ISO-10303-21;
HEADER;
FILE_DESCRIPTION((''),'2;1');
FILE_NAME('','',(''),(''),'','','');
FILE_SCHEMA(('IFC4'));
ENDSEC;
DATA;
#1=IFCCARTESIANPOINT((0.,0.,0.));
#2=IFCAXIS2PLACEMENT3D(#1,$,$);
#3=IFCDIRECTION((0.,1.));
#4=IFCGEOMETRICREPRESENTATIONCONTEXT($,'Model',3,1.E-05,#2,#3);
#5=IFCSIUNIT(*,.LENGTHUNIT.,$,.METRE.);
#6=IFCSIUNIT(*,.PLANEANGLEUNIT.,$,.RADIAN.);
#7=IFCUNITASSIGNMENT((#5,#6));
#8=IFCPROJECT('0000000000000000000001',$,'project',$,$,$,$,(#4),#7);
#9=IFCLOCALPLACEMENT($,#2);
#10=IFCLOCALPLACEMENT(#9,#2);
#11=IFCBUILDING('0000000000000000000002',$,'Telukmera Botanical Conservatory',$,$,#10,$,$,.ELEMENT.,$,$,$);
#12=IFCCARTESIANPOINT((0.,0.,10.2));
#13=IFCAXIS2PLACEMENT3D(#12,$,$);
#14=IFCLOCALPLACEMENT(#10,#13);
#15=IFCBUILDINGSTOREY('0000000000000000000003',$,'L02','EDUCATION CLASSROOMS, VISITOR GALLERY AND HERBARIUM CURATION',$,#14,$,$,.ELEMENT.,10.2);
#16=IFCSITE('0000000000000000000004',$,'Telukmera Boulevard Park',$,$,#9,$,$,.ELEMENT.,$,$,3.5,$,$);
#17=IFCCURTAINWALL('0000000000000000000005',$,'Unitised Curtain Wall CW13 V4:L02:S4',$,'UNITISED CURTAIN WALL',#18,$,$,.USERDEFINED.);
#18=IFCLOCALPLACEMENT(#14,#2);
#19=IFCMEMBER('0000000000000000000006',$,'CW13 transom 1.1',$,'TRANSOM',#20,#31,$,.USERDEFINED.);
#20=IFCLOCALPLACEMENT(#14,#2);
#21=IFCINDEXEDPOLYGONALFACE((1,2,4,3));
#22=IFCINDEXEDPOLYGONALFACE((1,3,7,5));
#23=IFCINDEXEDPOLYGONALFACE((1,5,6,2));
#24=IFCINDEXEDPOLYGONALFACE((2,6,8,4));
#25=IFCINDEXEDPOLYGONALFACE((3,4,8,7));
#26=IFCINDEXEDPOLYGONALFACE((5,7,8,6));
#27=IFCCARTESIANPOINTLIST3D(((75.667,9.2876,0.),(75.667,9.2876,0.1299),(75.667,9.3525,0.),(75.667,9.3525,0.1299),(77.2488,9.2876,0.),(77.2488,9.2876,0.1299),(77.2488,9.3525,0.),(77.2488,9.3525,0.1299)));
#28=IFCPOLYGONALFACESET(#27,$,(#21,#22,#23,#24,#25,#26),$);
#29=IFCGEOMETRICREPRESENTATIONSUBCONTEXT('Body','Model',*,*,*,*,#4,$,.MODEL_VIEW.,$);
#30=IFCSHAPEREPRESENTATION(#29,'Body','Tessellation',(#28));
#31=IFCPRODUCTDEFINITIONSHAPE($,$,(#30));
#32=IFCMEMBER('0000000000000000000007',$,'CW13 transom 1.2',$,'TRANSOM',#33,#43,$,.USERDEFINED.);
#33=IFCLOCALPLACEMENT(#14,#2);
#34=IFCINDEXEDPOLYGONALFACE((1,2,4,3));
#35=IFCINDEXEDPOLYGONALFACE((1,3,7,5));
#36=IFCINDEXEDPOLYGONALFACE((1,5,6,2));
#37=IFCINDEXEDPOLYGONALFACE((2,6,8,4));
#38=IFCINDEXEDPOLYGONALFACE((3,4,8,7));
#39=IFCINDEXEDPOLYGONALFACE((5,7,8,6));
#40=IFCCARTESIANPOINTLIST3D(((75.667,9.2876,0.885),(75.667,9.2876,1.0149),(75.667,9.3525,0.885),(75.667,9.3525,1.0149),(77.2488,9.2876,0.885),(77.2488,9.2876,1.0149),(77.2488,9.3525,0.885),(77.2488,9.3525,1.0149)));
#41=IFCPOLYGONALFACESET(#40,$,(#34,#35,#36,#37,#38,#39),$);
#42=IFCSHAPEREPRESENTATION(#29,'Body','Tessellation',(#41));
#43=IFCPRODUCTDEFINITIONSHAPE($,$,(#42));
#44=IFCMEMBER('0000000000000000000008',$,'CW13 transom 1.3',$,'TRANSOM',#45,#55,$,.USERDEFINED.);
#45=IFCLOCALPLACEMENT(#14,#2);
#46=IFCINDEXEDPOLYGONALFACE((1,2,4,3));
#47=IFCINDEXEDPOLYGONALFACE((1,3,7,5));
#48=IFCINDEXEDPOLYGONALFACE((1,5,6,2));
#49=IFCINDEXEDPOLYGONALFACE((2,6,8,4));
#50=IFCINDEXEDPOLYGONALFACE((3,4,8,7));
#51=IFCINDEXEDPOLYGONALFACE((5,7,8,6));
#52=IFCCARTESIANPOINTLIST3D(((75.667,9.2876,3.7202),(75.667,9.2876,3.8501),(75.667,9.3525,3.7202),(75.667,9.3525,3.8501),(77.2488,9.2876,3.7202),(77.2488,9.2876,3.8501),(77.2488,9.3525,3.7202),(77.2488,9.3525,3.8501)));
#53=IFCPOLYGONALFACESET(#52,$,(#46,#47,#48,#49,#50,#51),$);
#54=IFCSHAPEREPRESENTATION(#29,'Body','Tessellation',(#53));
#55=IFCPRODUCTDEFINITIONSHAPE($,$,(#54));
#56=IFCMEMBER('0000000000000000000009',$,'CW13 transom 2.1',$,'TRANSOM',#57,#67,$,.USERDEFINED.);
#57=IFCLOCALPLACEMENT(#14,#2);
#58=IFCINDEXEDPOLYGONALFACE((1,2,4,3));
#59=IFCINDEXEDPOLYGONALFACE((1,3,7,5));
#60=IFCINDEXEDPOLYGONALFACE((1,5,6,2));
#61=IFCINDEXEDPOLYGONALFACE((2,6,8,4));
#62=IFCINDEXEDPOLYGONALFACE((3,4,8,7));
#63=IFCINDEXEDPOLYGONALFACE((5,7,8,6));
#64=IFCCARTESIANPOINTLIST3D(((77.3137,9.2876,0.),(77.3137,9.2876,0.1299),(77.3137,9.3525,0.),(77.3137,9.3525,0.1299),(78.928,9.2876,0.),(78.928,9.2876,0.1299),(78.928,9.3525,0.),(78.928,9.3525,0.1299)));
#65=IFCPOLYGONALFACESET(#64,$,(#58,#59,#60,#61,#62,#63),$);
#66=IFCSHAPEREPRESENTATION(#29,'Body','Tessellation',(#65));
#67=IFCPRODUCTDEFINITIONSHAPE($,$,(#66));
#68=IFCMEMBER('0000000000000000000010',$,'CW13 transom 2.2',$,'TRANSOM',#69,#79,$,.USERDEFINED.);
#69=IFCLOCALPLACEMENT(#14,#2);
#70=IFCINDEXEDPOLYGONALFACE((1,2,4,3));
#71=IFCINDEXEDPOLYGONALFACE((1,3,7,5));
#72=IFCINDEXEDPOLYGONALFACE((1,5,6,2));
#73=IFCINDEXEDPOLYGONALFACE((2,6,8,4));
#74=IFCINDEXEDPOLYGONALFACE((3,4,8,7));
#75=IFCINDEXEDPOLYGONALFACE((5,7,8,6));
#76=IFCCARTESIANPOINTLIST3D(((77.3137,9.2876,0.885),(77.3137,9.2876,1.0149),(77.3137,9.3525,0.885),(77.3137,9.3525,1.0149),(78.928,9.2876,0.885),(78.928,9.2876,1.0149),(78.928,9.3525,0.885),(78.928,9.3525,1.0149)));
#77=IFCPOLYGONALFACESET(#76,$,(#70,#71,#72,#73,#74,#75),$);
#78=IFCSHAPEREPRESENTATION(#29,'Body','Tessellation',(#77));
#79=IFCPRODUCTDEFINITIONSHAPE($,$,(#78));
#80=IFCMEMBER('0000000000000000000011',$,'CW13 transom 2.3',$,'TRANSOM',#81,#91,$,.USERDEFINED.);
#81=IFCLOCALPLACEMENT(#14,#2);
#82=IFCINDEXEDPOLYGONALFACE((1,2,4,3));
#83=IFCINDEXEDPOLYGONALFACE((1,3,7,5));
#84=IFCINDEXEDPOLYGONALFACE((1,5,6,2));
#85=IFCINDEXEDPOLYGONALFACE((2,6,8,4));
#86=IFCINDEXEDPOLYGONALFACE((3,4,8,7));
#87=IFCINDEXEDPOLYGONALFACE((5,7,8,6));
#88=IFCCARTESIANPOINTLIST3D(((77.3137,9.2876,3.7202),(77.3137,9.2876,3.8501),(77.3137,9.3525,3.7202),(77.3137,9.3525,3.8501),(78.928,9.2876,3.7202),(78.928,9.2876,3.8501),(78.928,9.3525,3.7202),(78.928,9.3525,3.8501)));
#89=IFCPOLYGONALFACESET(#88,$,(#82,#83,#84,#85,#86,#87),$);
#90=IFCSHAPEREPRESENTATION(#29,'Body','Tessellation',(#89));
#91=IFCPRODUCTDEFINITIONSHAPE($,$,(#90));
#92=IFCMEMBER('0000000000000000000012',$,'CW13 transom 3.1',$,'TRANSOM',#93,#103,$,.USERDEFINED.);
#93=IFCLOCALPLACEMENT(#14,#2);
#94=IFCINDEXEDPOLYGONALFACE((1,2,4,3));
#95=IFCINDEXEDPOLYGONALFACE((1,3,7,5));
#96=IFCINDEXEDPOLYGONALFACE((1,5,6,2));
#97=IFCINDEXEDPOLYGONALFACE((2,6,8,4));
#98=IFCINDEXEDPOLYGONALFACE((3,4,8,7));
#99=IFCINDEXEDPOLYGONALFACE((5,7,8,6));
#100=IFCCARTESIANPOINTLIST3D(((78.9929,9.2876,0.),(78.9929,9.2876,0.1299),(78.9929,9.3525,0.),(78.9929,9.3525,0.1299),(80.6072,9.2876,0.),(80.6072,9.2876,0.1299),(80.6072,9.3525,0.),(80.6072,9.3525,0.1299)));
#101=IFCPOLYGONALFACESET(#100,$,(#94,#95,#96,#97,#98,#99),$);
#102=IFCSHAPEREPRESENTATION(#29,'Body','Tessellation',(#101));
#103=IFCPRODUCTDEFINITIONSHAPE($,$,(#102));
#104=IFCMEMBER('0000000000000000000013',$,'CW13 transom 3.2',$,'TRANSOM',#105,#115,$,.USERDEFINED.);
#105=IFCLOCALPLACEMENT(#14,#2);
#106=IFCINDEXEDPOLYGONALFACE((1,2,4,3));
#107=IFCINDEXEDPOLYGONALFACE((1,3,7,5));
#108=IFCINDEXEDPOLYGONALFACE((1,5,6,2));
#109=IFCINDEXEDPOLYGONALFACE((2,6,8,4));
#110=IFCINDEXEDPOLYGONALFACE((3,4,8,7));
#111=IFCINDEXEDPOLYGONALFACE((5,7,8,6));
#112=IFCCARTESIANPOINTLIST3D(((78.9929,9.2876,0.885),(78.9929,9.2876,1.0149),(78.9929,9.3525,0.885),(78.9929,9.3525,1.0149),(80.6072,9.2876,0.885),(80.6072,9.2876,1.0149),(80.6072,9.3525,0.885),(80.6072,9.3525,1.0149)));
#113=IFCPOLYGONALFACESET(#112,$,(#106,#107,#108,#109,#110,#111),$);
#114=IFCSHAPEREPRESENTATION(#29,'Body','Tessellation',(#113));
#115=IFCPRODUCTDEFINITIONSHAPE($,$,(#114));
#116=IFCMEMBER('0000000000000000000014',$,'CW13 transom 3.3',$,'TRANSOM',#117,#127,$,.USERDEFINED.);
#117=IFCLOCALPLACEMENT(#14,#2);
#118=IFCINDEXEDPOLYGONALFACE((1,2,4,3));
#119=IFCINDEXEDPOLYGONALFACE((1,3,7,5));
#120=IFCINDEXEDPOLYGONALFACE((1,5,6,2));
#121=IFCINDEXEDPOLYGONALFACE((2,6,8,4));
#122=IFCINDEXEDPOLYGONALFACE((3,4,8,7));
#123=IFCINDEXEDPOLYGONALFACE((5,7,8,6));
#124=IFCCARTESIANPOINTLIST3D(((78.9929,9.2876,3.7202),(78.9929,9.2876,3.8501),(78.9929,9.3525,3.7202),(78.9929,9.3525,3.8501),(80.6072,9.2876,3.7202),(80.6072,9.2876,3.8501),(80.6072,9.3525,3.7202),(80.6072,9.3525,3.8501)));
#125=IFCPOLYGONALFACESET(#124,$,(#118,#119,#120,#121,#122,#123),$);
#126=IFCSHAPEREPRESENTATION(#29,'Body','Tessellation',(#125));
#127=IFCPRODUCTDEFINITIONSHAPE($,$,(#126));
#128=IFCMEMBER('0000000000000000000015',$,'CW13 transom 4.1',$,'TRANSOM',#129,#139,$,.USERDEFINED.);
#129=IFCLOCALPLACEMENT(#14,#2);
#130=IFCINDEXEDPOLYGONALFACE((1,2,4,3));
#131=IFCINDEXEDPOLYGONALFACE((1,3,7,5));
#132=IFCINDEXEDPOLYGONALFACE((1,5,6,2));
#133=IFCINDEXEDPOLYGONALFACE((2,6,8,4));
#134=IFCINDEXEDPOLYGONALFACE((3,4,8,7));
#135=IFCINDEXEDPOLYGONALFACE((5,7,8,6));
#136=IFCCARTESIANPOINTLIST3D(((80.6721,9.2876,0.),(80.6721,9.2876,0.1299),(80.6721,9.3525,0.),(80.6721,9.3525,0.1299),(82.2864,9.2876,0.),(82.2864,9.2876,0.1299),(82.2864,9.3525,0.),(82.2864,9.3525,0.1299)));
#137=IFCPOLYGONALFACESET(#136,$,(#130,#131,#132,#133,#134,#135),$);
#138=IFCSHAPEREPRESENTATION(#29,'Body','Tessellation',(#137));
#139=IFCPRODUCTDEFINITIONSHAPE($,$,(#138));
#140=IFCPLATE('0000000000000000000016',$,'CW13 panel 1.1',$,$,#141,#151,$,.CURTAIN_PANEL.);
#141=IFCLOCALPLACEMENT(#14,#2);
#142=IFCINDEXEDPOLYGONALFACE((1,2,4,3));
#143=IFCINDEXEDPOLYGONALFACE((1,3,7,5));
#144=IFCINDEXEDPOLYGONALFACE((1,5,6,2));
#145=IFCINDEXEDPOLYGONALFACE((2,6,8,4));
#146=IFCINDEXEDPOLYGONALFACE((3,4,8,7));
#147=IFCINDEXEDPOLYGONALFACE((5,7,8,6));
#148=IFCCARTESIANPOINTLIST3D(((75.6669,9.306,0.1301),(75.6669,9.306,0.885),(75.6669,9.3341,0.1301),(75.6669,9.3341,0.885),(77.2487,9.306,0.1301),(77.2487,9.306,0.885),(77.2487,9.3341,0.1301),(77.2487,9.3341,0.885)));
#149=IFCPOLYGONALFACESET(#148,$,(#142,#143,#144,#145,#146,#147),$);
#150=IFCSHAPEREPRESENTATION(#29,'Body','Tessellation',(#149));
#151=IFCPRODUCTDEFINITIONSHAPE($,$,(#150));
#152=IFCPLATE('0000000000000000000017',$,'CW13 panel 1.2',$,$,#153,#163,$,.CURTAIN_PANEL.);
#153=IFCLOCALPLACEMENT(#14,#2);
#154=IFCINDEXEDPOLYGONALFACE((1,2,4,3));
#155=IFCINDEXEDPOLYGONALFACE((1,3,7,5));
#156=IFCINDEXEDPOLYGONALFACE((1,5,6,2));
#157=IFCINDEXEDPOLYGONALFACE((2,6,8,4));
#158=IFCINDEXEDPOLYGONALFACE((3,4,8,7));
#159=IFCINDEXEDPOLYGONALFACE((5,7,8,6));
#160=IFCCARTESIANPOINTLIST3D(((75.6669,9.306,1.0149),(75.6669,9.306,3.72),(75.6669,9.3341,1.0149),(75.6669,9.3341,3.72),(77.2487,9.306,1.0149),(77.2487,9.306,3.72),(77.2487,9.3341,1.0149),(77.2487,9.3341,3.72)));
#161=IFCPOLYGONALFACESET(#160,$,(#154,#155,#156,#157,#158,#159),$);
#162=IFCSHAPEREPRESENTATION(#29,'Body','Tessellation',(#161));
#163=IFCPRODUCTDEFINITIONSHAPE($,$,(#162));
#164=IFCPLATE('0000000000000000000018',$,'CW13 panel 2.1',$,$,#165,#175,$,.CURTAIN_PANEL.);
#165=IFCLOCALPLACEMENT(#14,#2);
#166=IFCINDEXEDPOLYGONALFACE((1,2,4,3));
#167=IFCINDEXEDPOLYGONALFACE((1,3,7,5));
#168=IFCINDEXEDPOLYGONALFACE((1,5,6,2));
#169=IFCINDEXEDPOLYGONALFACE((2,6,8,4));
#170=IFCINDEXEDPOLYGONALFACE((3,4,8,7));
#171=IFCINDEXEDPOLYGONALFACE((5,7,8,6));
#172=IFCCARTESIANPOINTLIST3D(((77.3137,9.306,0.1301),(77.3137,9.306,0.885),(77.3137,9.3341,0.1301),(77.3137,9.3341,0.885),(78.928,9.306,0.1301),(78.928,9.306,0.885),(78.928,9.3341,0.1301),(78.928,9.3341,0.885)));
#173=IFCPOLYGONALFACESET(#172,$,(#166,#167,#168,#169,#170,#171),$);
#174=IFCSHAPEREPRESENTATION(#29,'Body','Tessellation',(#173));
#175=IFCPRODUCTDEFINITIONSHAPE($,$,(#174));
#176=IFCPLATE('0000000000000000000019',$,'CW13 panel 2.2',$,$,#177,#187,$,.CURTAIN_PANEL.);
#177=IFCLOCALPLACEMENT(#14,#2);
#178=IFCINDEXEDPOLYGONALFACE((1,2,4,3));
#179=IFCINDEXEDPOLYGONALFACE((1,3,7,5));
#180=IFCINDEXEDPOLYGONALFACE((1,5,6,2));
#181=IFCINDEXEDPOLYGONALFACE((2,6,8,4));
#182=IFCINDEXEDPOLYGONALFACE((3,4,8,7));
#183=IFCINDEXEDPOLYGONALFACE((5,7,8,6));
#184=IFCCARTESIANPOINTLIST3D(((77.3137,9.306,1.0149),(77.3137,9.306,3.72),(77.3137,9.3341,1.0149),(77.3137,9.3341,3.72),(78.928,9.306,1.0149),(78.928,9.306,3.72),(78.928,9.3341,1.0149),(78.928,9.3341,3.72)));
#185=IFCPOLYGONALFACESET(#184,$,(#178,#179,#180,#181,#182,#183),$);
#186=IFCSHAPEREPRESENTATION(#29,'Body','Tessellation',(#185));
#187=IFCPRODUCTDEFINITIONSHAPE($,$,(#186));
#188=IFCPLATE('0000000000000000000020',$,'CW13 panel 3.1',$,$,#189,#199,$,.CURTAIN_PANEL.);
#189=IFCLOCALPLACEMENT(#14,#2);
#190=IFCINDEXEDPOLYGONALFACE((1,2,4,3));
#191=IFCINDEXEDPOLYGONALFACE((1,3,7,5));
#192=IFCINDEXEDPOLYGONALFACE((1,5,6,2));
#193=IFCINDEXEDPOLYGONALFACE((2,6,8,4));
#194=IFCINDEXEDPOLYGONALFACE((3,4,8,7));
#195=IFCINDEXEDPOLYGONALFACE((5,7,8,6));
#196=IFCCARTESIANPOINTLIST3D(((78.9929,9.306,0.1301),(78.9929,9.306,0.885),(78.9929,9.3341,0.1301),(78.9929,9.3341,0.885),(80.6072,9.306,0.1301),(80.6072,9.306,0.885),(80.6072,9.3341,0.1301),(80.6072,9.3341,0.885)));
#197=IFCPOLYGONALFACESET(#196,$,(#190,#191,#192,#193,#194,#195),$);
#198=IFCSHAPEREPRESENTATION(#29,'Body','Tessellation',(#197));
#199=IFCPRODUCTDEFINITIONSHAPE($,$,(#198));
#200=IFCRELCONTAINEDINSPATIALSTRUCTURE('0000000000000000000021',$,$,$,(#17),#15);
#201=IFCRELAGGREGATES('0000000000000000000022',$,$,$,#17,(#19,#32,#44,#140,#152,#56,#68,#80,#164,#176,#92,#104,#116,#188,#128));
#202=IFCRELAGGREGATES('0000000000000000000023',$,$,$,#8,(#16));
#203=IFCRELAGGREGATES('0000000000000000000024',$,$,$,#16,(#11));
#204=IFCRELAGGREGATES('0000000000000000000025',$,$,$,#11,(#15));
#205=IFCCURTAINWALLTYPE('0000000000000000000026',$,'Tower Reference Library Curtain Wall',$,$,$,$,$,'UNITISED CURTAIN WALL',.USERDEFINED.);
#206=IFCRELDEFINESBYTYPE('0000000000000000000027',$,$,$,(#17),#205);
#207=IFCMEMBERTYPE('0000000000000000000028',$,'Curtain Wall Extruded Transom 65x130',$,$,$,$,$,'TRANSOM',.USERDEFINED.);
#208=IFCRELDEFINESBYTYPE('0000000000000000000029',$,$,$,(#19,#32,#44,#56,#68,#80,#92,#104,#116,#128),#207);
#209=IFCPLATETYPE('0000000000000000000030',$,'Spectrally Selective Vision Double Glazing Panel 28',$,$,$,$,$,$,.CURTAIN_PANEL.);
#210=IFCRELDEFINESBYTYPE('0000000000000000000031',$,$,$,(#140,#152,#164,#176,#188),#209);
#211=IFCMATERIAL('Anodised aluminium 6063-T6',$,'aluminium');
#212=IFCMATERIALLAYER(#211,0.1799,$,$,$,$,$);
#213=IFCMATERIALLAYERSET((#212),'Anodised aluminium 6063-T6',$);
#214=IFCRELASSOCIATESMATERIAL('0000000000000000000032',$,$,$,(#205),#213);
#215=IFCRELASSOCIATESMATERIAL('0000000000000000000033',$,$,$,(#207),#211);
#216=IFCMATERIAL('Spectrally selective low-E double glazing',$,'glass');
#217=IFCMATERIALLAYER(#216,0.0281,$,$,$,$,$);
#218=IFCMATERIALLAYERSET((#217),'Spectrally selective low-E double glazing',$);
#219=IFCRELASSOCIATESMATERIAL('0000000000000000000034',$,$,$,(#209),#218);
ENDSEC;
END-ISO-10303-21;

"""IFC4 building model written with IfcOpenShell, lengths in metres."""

from ifc_helpers import new_model, si_unit, direction, frame, origin, origin_2d, place, context, subcontext, project, spatial, rectangle, extrude, material, layer, layer_set, material_profile, profile_set, type_object, element, aggregate, save


model = new_model("IFC4")

# Units and contexts
model_context = context("Model", 3, precision=1e-05, world=origin(), true_north=direction((0.0, 1.0)))
body_context = subcontext(model_context, "Body", "Model", "MODEL_VIEW")
ifc_project = project(units=[si_unit("LENGTHUNIT", "METRE"), si_unit("PLANEANGLEUNIT", "RADIAN")], contexts=[model_context])

# Site, building, storey
site_placement = place(None, origin())
site = spatial("IfcSite", under=ifc_project, at=site_placement, Name="Telukmera Boulevard Park", CompositionType="ELEMENT", RefElevation=3.5)
building_placement = place(site_placement, origin())
building = spatial("IfcBuilding", under=site, at=building_placement, Name="Telukmera Botanical Conservatory", CompositionType="ELEMENT")
storey_placement = place(building_placement, frame((0.0, 0.0, 10.2)))
storey = spatial("IfcBuildingStorey", under=building, at=storey_placement, Name="L02", Description="EDUCATION CLASSROOMS, VISITOR GALLERY AND HERBARIUM CURATION", CompositionType="ELEMENT", Elevation=10.2)

# Curtain wall, members, plates
ifc_material_1 = material(Name="Anodised aluminium 6063-T6", Category="aluminium")
ifc_layer_1 = layer(ifc_material_1, 0.1799)
ifc_layer_set_1 = layer_set([ifc_layer_1], Name="Anodised aluminium 6063-T6")
curtain_wall_type = type_object("IfcCurtainWallType", Name="Tower Reference Library Curtain Wall", ElementType="UNITISED CURTAIN WALL", PredefinedType="USERDEFINED", material=ifc_layer_set_1)
curtain_wall_placement = place(storey_placement, origin())
curtain_wall = element("IfcCurtainWall", 1, at=curtain_wall_placement, inside=storey, type_object=curtain_wall_type, Name="Unitised Curtain Wall CW13 V4:L02:S4", ObjectType="UNITISED CURTAIN WALL", PredefinedType="USERDEFINED")
ifc_material_profile_1 = material_profile(ifc_material_1, rectangle(XDim=0.0649, YDim=0.1299, at=origin_2d()), Name="ALU TRAN 65x130")
ifc_profile_set_1 = profile_set([ifc_material_profile_1], Name="Anodised aluminium 6063-T6")
member_type_1 = type_object("IfcMemberType", Name="Curtain Wall Extruded Transom 65x130", ElementType="TRANSOM", PredefinedType="USERDEFINED", material=ifc_profile_set_1)
member_1_placement = place(storey_placement, frame((75.667, 9.3201, 0.0649), z_axis=(1.0, 0.0, 0.0), x_axis=(0.0, 1.0, 0.0)))
member_1 = element("IfcMember", 2, at=member_1_placement, type_object=member_type_1, Name="CW13 transom 1.1", ObjectType="TRANSOM", PredefinedType="USERDEFINED", context=body_context, shape_type="SweptSolid", body=[
    extrude(rectangle(XDim=0.0649, YDim=0.1299, at=origin_2d()), origin(), (0.0, 0.0, 1.0), 1.5818),
])
member_2_placement = place(storey_placement, frame((75.667, 9.3201, 0.95), z_axis=(1.0, 0.0, 0.0), x_axis=(0.0, 1.0, 0.0)))
member_2 = element("IfcMember", 3, at=member_2_placement, type_object=member_type_1, Name="CW13 transom 1.2", ObjectType="TRANSOM", PredefinedType="USERDEFINED", context=body_context, shape_type="SweptSolid", body=[
    extrude(rectangle(XDim=0.0649, YDim=0.1299, at=origin_2d()), origin(), (0.0, 0.0, 1.0), 1.5818),
])
member_3_placement = place(storey_placement, frame((75.667, 9.3201, 3.7852), z_axis=(1.0, 0.0, 0.0), x_axis=(0.0, 1.0, 0.0)))
member_3 = element("IfcMember", 4, at=member_3_placement, type_object=member_type_1, Name="CW13 transom 1.3", ObjectType="TRANSOM", PredefinedType="USERDEFINED", context=body_context, shape_type="SweptSolid", body=[
    extrude(rectangle(XDim=0.0649, YDim=0.1299, at=origin_2d()), origin(), (0.0, 0.0, 1.0), 1.5818),
])
member_4_placement = place(storey_placement, frame((77.3137, 9.3201, 0.0649), z_axis=(1.0, 0.0, 0.0), x_axis=(0.0, 1.0, 0.0)))
member_4 = element("IfcMember", 5, at=member_4_placement, type_object=member_type_1, Name="CW13 transom 2.1", ObjectType="TRANSOM", PredefinedType="USERDEFINED", context=body_context, shape_type="SweptSolid", body=[
    extrude(rectangle(XDim=0.0649, YDim=0.1299, at=origin_2d()), origin(), (0.0, 0.0, 1.0), 1.6143),
])
member_5_placement = place(storey_placement, frame((77.3137, 9.3201, 0.95), z_axis=(1.0, 0.0, 0.0), x_axis=(0.0, 1.0, 0.0)))
member_5 = element("IfcMember", 6, at=member_5_placement, type_object=member_type_1, Name="CW13 transom 2.2", ObjectType="TRANSOM", PredefinedType="USERDEFINED", context=body_context, shape_type="SweptSolid", body=[
    extrude(rectangle(XDim=0.0649, YDim=0.1299, at=origin_2d()), origin(), (0.0, 0.0, 1.0), 1.6143),
])
member_6_placement = place(storey_placement, frame((77.3137, 9.3201, 3.7852), z_axis=(1.0, 0.0, 0.0), x_axis=(0.0, 1.0, 0.0)))
member_6 = element("IfcMember", 7, at=member_6_placement, type_object=member_type_1, Name="CW13 transom 2.3", ObjectType="TRANSOM", PredefinedType="USERDEFINED", context=body_context, shape_type="SweptSolid", body=[
    extrude(rectangle(XDim=0.0649, YDim=0.1299, at=origin_2d()), origin(), (0.0, 0.0, 1.0), 1.6143),
])
member_7_placement = place(storey_placement, frame((78.9929, 9.3201, 0.0649), z_axis=(1.0, 0.0, 0.0), x_axis=(0.0, 1.0, 0.0)))
member_7 = element("IfcMember", 8, at=member_7_placement, type_object=member_type_1, Name="CW13 transom 3.1", ObjectType="TRANSOM", PredefinedType="USERDEFINED", context=body_context, shape_type="SweptSolid", body=[
    extrude(rectangle(XDim=0.0649, YDim=0.1299, at=origin_2d()), origin(), (0.0, 0.0, 1.0), 1.6143),
])
member_8_placement = place(storey_placement, frame((78.9929, 9.3201, 0.95), z_axis=(1.0, 0.0, 0.0), x_axis=(0.0, 1.0, 0.0)))
member_8 = element("IfcMember", 9, at=member_8_placement, type_object=member_type_1, Name="CW13 transom 3.2", ObjectType="TRANSOM", PredefinedType="USERDEFINED", context=body_context, shape_type="SweptSolid", body=[
    extrude(rectangle(XDim=0.0649, YDim=0.1299, at=origin_2d()), origin(), (0.0, 0.0, 1.0), 1.6143),
])
member_9_placement = place(storey_placement, frame((78.9929, 9.3201, 3.7852), z_axis=(1.0, 0.0, 0.0), x_axis=(0.0, 1.0, 0.0)))
member_9 = element("IfcMember", 10, at=member_9_placement, type_object=member_type_1, Name="CW13 transom 3.3", ObjectType="TRANSOM", PredefinedType="USERDEFINED", context=body_context, shape_type="SweptSolid", body=[
    extrude(rectangle(XDim=0.0649, YDim=0.1299, at=origin_2d()), origin(), (0.0, 0.0, 1.0), 1.6143),
])
member_10_placement = place(storey_placement, frame((80.6721, 9.3201, 0.0649), z_axis=(1.0, 0.0, 0.0), x_axis=(0.0, 1.0, 0.0)))
member_10 = element("IfcMember", 11, at=member_10_placement, type_object=member_type_1, Name="CW13 transom 4.1", ObjectType="TRANSOM", PredefinedType="USERDEFINED", context=body_context, shape_type="SweptSolid", body=[
    extrude(rectangle(XDim=0.0649, YDim=0.1299, at=origin_2d()), origin(), (0.0, 0.0, 1.0), 1.6143),
])
ifc_material_2 = material(Name="Spectrally selective low-E double glazing", Category="glass")
ifc_layer_2 = layer(ifc_material_2, 0.0281)
ifc_layer_set_2 = layer_set([ifc_layer_2], Name="Spectrally selective low-E double glazing")
plate_type = type_object("IfcPlateType", Name="Spectrally Selective Vision Double Glazing Panel 28", PredefinedType="CURTAIN_PANEL", material=ifc_layer_set_2)
plate_1_placement = place(storey_placement, frame((76.4578, 9.3201, 0.1301), z_axis=(0.0, 0.0, 1.0), x_axis=(1.0, 0.0, 0.0)))
plate_1 = element("IfcPlate", 12, at=plate_1_placement, type_object=plate_type, Name="CW13 panel 1.1", PredefinedType="CURTAIN_PANEL", context=body_context, shape_type="SweptSolid", body=[
    extrude(rectangle(XDim=1.5818, YDim=0.0281, at=origin_2d()), origin(), (0.0, 0.0, 1.0), 0.7549),
])
plate_2_placement = place(storey_placement, frame((76.4578, 9.3201, 1.0149), z_axis=(0.0, 0.0, 1.0), x_axis=(1.0, 0.0, 0.0)))
plate_2 = element("IfcPlate", 13, at=plate_2_placement, type_object=plate_type, Name="CW13 panel 1.2", PredefinedType="CURTAIN_PANEL", context=body_context, shape_type="SweptSolid", body=[
    extrude(rectangle(XDim=1.5818, YDim=0.0281, at=origin_2d()), origin(), (0.0, 0.0, 1.0), 2.7051),
])
plate_3_placement = place(storey_placement, frame((78.1208, 9.3201, 0.1301), z_axis=(0.0, 0.0, 1.0), x_axis=(1.0, 0.0, 0.0)))
plate_3 = element("IfcPlate", 14, at=plate_3_placement, type_object=plate_type, Name="CW13 panel 2.1", PredefinedType="CURTAIN_PANEL", context=body_context, shape_type="SweptSolid", body=[
    extrude(rectangle(XDim=1.6143, YDim=0.0281, at=origin_2d()), origin(), (0.0, 0.0, 1.0), 0.7549),
])
plate_4_placement = place(storey_placement, frame((78.1208, 9.3201, 1.0149), z_axis=(0.0, 0.0, 1.0), x_axis=(1.0, 0.0, 0.0)))
plate_4 = element("IfcPlate", 15, at=plate_4_placement, type_object=plate_type, Name="CW13 panel 2.2", PredefinedType="CURTAIN_PANEL", context=body_context, shape_type="SweptSolid", body=[
    extrude(rectangle(XDim=1.6143, YDim=0.0281, at=origin_2d()), origin(), (0.0, 0.0, 1.0), 2.7051),
])
plate_5_placement = place(storey_placement, frame((79.8, 9.3201, 0.1301), z_axis=(0.0, 0.0, 1.0), x_axis=(1.0, 0.0, 0.0)))
plate_5 = element("IfcPlate", 16, at=plate_5_placement, type_object=plate_type, Name="CW13 panel 3.1", PredefinedType="CURTAIN_PANEL", context=body_context, shape_type="SweptSolid", body=[
    extrude(rectangle(XDim=1.6143, YDim=0.0281, at=origin_2d()), origin(), (0.0, 0.0, 1.0), 0.7549),
])
aggregate(curtain_wall, [member_1, member_2, member_3, plate_1, plate_2, member_4, member_5, member_6, plate_3, plate_4, member_7, member_8, member_9, plate_5, member_10])

save(model, "model.ifc")
